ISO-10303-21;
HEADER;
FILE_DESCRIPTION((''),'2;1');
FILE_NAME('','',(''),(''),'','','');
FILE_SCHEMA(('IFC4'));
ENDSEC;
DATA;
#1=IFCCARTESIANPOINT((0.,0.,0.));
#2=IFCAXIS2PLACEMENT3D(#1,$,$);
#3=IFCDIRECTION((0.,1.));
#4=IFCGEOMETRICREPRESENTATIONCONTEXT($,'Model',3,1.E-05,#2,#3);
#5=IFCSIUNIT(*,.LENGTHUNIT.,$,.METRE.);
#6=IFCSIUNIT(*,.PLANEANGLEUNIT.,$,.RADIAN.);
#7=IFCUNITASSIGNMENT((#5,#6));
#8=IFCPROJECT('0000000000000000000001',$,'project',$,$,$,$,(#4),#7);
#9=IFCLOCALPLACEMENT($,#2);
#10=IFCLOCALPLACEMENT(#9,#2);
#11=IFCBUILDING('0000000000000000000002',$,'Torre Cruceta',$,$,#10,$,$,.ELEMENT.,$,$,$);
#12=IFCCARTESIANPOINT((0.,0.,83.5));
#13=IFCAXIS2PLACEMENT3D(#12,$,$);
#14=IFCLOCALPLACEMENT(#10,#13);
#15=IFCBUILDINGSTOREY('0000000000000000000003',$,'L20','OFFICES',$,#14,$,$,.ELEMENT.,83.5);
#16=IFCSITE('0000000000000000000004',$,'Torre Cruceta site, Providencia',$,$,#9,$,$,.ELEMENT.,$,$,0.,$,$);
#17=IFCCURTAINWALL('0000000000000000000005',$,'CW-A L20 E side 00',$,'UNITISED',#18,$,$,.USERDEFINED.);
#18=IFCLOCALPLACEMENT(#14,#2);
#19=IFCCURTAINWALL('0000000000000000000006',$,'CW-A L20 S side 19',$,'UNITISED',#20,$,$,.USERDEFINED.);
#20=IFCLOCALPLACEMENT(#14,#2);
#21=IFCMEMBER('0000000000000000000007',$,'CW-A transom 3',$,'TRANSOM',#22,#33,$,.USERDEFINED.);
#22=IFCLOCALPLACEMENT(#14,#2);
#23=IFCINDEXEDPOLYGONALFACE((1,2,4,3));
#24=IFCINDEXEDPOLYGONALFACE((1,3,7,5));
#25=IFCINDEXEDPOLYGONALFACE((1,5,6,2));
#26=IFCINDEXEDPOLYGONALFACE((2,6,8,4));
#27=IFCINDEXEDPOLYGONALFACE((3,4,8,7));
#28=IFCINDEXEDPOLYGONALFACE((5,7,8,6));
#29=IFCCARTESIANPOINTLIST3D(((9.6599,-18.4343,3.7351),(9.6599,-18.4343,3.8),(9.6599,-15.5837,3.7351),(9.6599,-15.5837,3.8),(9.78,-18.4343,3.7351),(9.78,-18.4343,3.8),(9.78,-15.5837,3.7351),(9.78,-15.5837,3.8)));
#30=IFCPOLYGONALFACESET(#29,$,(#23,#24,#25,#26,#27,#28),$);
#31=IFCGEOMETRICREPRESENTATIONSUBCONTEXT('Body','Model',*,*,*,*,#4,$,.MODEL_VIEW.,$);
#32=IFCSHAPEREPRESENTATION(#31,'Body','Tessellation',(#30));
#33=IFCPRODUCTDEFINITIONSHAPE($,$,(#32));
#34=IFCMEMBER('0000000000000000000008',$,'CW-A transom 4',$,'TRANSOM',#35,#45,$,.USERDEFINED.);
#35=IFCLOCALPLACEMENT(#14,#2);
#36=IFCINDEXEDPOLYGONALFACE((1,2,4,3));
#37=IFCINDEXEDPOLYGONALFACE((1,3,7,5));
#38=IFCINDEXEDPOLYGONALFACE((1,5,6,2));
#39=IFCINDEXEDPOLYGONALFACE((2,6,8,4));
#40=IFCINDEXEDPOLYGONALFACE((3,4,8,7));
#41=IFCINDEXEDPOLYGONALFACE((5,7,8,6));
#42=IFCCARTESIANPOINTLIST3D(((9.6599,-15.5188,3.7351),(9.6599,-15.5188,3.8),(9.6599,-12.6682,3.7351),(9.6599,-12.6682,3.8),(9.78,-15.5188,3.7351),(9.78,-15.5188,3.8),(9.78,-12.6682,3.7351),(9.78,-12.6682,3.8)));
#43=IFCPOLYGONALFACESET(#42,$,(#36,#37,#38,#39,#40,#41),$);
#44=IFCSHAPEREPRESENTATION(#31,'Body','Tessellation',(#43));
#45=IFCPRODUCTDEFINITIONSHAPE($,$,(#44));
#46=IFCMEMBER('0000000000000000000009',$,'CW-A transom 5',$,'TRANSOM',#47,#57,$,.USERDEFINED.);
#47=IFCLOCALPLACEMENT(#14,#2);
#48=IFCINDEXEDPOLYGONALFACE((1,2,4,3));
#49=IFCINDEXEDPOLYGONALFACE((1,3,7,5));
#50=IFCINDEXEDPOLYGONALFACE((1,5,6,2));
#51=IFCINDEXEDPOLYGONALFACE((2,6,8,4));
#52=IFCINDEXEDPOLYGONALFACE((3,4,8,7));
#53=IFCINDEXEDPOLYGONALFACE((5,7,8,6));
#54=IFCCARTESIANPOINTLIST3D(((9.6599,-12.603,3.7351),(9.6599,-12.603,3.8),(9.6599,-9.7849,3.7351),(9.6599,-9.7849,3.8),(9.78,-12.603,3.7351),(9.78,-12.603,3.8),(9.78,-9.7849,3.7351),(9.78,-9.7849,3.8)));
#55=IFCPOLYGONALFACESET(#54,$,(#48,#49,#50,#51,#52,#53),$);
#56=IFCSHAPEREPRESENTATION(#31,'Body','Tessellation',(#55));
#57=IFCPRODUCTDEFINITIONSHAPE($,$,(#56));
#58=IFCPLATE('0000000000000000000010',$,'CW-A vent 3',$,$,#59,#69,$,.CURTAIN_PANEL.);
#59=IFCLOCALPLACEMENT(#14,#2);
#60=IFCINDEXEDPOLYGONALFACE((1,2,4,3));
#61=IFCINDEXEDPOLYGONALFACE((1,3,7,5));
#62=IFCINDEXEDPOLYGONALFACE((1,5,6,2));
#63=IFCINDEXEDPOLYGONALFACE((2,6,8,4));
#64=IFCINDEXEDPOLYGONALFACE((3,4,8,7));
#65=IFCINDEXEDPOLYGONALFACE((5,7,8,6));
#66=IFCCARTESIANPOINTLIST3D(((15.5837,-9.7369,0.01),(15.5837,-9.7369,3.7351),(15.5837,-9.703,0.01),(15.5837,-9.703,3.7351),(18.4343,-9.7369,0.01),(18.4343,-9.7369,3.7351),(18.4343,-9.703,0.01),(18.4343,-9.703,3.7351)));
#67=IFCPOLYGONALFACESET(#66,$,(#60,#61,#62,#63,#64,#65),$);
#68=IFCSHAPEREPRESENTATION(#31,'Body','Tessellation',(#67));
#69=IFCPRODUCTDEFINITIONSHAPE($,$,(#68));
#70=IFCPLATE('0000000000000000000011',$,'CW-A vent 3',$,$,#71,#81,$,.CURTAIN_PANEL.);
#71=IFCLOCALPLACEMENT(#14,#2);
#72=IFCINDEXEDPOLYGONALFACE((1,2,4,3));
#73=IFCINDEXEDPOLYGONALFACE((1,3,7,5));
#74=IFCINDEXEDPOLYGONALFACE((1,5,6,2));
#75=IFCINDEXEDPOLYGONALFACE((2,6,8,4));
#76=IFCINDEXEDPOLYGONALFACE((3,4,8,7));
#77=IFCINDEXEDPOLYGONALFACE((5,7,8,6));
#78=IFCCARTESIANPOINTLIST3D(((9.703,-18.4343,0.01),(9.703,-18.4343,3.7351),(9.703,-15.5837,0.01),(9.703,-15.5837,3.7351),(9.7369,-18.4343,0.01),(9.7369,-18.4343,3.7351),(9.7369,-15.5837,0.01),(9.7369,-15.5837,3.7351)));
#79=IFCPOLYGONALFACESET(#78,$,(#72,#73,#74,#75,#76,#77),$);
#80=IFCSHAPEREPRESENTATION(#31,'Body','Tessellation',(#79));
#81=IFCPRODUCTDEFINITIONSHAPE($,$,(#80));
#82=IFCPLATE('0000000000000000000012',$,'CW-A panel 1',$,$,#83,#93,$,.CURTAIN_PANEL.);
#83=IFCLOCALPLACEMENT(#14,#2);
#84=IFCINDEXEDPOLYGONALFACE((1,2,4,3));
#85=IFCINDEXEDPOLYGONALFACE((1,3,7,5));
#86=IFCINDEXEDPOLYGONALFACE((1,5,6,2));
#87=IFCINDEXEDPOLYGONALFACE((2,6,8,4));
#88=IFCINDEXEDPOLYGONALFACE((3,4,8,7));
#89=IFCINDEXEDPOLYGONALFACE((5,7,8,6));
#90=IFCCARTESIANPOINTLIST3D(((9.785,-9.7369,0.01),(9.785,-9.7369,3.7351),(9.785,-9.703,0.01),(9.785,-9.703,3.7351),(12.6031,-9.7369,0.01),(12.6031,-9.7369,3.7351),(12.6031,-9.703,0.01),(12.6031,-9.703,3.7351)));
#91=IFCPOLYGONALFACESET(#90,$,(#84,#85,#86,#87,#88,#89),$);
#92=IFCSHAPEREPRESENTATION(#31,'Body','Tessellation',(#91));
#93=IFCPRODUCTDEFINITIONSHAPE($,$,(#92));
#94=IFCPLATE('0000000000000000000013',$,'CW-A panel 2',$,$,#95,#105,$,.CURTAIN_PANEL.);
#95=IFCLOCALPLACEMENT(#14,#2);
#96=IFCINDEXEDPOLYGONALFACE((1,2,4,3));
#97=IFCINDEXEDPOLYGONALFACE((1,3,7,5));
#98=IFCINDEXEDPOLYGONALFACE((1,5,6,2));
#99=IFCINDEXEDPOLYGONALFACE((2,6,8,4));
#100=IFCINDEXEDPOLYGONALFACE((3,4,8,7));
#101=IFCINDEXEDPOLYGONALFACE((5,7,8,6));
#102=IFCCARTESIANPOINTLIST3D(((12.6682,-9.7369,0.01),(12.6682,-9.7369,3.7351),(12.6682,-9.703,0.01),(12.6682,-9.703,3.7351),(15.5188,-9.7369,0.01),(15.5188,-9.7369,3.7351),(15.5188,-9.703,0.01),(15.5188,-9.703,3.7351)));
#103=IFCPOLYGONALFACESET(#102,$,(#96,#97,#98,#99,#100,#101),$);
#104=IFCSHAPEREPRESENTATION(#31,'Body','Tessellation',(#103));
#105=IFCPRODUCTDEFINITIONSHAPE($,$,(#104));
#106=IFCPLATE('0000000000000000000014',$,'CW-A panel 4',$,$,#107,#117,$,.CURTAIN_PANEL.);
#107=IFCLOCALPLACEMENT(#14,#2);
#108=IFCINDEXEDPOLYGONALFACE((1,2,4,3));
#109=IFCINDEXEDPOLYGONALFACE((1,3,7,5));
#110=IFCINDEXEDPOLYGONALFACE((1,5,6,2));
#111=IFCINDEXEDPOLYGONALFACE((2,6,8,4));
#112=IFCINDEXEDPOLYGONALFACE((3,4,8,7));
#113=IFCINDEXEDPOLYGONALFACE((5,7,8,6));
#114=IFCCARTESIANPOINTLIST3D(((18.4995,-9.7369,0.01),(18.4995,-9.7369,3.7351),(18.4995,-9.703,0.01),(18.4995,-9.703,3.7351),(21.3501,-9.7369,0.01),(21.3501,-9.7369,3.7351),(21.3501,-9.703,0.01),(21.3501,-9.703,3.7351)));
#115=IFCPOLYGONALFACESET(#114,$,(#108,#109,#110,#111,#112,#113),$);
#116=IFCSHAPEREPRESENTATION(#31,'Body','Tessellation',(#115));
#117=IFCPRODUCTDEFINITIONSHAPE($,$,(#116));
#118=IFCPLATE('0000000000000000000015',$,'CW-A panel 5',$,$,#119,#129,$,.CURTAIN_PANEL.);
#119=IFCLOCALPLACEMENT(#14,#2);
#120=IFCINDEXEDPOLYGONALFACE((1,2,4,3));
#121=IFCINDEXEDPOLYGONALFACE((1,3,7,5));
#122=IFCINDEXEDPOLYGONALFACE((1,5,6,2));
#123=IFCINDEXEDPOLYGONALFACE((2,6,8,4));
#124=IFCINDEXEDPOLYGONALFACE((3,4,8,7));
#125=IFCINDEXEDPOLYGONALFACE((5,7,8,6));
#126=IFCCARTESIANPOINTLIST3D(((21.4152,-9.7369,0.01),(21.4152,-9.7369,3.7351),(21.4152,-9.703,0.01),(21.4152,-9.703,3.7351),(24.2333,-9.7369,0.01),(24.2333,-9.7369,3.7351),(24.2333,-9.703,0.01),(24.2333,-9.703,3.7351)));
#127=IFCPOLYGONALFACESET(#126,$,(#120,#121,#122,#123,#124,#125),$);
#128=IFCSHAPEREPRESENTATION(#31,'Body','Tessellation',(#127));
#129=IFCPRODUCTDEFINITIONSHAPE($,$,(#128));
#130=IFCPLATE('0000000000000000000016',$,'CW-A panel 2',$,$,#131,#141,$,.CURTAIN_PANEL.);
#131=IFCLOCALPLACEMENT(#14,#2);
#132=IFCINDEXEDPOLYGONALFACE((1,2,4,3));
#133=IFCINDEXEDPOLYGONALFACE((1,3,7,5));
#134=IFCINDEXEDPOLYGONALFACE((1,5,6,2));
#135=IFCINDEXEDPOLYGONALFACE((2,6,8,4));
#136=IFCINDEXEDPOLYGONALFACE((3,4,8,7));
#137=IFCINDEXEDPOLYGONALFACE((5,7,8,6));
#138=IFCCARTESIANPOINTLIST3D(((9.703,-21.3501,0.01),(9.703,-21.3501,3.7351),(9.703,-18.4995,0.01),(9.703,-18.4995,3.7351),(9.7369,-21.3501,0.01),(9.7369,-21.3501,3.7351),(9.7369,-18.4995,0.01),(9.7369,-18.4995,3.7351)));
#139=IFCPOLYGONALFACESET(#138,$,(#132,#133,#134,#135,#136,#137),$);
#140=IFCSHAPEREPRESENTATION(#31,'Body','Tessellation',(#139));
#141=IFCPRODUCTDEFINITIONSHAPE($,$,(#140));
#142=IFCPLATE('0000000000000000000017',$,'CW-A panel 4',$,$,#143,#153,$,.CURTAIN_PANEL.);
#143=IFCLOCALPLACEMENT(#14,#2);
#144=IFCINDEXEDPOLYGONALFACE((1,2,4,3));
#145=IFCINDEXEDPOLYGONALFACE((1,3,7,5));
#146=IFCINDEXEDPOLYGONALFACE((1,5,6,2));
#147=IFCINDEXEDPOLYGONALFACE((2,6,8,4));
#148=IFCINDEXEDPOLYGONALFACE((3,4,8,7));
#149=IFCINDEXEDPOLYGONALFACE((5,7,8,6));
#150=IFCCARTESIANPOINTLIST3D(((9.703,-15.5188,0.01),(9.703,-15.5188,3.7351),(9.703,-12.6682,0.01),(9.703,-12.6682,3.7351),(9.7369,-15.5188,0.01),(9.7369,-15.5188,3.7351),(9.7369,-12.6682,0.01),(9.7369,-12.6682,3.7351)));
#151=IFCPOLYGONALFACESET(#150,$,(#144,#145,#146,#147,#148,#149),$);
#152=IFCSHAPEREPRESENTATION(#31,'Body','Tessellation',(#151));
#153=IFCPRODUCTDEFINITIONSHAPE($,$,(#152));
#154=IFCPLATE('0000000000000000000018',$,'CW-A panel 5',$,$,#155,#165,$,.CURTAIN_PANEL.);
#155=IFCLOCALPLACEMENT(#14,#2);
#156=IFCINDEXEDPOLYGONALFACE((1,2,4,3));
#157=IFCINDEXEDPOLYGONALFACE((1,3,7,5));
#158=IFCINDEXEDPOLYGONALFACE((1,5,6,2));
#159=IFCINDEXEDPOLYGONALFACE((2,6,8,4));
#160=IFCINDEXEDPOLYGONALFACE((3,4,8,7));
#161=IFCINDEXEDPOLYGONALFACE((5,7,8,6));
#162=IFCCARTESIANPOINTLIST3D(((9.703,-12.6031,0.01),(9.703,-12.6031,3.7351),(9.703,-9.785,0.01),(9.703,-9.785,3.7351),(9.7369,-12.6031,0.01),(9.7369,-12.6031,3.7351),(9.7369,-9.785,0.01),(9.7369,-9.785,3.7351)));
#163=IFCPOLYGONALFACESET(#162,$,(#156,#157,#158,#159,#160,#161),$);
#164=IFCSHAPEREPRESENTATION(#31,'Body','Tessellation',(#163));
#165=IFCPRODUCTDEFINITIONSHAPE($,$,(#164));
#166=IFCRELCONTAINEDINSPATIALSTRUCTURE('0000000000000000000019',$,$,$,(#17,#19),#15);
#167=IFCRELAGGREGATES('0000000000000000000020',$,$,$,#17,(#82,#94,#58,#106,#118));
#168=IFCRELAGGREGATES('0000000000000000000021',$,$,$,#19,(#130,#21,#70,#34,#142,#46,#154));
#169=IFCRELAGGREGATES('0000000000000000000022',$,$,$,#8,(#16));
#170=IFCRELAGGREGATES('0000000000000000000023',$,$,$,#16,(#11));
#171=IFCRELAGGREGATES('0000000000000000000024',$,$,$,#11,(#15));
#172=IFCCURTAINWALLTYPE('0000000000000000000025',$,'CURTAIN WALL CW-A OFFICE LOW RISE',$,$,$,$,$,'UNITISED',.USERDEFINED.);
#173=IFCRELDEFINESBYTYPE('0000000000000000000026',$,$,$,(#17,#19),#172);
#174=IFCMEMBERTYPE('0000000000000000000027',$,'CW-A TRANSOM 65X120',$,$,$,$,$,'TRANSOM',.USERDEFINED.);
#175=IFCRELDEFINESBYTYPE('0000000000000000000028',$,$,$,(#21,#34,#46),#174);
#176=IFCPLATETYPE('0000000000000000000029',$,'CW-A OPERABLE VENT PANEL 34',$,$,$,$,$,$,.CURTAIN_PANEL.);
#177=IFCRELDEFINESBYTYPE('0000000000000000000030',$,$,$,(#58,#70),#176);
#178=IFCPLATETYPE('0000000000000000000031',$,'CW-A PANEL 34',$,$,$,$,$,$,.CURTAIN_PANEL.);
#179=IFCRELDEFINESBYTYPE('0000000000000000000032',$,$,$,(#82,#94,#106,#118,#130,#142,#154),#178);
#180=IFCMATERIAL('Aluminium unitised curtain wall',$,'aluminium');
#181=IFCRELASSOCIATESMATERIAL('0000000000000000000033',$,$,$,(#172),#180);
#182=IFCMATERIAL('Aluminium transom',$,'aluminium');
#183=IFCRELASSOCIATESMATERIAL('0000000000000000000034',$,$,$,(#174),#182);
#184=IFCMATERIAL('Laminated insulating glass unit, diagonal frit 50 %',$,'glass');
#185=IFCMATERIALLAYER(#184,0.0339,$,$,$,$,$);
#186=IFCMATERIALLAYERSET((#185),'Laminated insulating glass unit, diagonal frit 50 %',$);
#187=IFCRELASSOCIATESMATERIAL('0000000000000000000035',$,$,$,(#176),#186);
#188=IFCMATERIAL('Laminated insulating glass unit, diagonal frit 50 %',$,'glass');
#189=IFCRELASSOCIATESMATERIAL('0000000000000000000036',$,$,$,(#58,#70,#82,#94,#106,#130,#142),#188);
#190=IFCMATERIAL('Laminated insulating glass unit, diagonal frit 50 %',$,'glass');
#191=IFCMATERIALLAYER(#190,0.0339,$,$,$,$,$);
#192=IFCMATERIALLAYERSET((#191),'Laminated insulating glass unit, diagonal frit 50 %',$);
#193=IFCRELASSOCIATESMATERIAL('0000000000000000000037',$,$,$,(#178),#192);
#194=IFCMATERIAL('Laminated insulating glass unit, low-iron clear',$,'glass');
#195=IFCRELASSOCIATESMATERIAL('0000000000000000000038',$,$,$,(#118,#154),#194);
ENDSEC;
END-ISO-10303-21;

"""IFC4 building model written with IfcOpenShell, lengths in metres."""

from ifc_helpers import new_model, si_unit, direction, frame, origin, origin_2d, place, context, subcontext, project, spatial, rectangle, extrude, material, layer, layer_set, material_profile, profile_set, type_object, element, aggregate, save


model = new_model("IFC4")

# Units and contexts
model_context = context("Model", 3, precision=1e-05, world=origin(), true_north=direction((0.0, 1.0)))
body_context = subcontext(model_context, "Body", "Model", "MODEL_VIEW")
ifc_project = project(units=[si_unit("LENGTHUNIT", "METRE"), si_unit("PLANEANGLEUNIT", "RADIAN")], contexts=[model_context])

# Site, building, storey
site_placement = place(None, origin())
site = spatial("IfcSite", under=ifc_project, at=site_placement, Name="Torre Cruceta site, Providencia", CompositionType="ELEMENT", RefElevation=0.0)
building_placement = place(site_placement, origin())
building = spatial("IfcBuilding", under=site, at=building_placement, Name="Torre Cruceta", CompositionType="ELEMENT")
storey_placement = place(building_placement, frame((0.0, 0.0, 83.5)))
storey = spatial("IfcBuildingStorey", under=building, at=storey_placement, Name="L20", Description="OFFICES", CompositionType="ELEMENT", Elevation=83.5)

# Curtain walls
ifc_material_1 = material(Name="Aluminium unitised curtain wall", Category="aluminium")
curtain_wall_type = type_object("IfcCurtainWallType", Name="CURTAIN WALL CW-A OFFICE LOW RISE", ElementType="UNITISED", PredefinedType="USERDEFINED", material=ifc_material_1)
curtain_wall_1_placement = place(storey_placement, origin())
curtain_wall_1 = element("IfcCurtainWall", 1, at=curtain_wall_1_placement, inside=storey, type_object=curtain_wall_type, Name="CW-A L20 E side 00", ObjectType="UNITISED", PredefinedType="USERDEFINED")
curtain_wall_2_placement = place(storey_placement, origin())
curtain_wall_2 = element("IfcCurtainWall", 2, at=curtain_wall_2_placement, inside=storey, type_object=curtain_wall_type, Name="CW-A L20 S side 19", ObjectType="UNITISED", PredefinedType="USERDEFINED")

# Members
ifc_material_2 = material(Name="Aluminium transom", Category="aluminium")
ifc_material_profile_1 = material_profile(ifc_material_2, rectangle(XDim=0.1201, YDim=0.0649, at=origin_2d()), Name="AL 120X65")
ifc_profile_set_1 = profile_set([ifc_material_profile_1], Name="Aluminium transom")
member_type_1 = type_object("IfcMemberType", Name="CW-A TRANSOM 65X120", ElementType="TRANSOM", PredefinedType="USERDEFINED", material=ifc_profile_set_1)
member_1_placement = place(storey_placement, frame((9.72, -18.4343, 3.7676), z_axis=(0.0, 1.0, 0.0), x_axis=(-1.0, 0.0, 0.0)))
member_1 = element("IfcMember", 3, at=member_1_placement, type_object=member_type_1, Name="CW-A transom 3", ObjectType="TRANSOM", PredefinedType="USERDEFINED", context=body_context, shape_type="SweptSolid", body=[
    extrude(rectangle(XDim=0.1201, YDim=0.0649, at=origin_2d()), origin(), (0.0, 0.0, 1.0), 2.8506),
])
member_2_placement = place(storey_placement, frame((9.72, -15.5188, 3.7676), z_axis=(0.0, 1.0, 0.0), x_axis=(-1.0, 0.0, 0.0)))
member_2 = element("IfcMember", 4, at=member_2_placement, type_object=member_type_1, Name="CW-A transom 4", ObjectType="TRANSOM", PredefinedType="USERDEFINED", context=body_context, shape_type="SweptSolid", body=[
    extrude(rectangle(XDim=0.1201, YDim=0.0649, at=origin_2d()), origin(), (0.0, 0.0, 1.0), 2.8506),
])
member_3_placement = place(storey_placement, frame((9.72, -12.603, 3.7676), z_axis=(0.0, 1.0, 0.0), x_axis=(-1.0, 0.0, 0.0)))
member_3 = element("IfcMember", 5, at=member_3_placement, type_object=member_type_1, Name="CW-A transom 5", ObjectType="TRANSOM", PredefinedType="USERDEFINED", context=body_context, shape_type="SweptSolid", body=[
    extrude(rectangle(XDim=0.1201, YDim=0.0649, at=origin_2d()), origin(), (0.0, 0.0, 1.0), 2.8181),
])

# Plates
ifc_material_3 = material(Name="Laminated insulating glass unit, diagonal frit 50 %", Category="glass")
ifc_material_4 = material(Name="Laminated insulating glass unit, diagonal frit 50 %", Category="glass")
ifc_layer_1 = layer(ifc_material_4, 0.0339)
ifc_layer_set_1 = layer_set([ifc_layer_1], Name="Laminated insulating glass unit, diagonal frit 50 %")
plate_type_1 = type_object("IfcPlateType", Name="CW-A OPERABLE VENT PANEL 34", PredefinedType="CURTAIN_PANEL", material=ifc_layer_set_1)
plate_1_placement = place(storey_placement, frame((17.009, -9.72, 0.01), z_axis=(0.0, 0.0, 1.0), x_axis=(1.0, 0.0, 0.0)))
plate_1 = element("IfcPlate", 6, at=plate_1_placement, type_object=plate_type_1, material=ifc_material_3, Name="CW-A vent 3", PredefinedType="CURTAIN_PANEL", context=body_context, shape_type="SweptSolid", body=[
    extrude(rectangle(XDim=2.8506, YDim=0.0339, at=origin_2d()), origin(), (0.0, 0.0, 1.0), 3.7251),
])
plate_2_placement = place(storey_placement, frame((9.72, -17.009, 0.01), z_axis=(0.0, 0.0, 1.0), x_axis=(0.0, 1.0, 0.0)))
plate_2 = element("IfcPlate", 7, at=plate_2_placement, type_object=plate_type_1, material=ifc_material_3, Name="CW-A vent 3", PredefinedType="CURTAIN_PANEL", context=body_context, shape_type="SweptSolid", body=[
    extrude(rectangle(XDim=2.8506, YDim=0.0339, at=origin_2d()), origin(), (0.0, 0.0, 1.0), 3.7251),
])
ifc_material_5 = material(Name="Laminated insulating glass unit, diagonal frit 50 %", Category="glass")
ifc_layer_2 = layer(ifc_material_5, 0.0339)
ifc_layer_set_2 = layer_set([ifc_layer_2], Name="Laminated insulating glass unit, diagonal frit 50 %")
plate_type_2 = type_object("IfcPlateType", Name="CW-A PANEL 34", PredefinedType="CURTAIN_PANEL", material=ifc_layer_set_2)
plate_3_placement = place(storey_placement, frame((11.1941, -9.72, 0.01), z_axis=(0.0, 0.0, 1.0), x_axis=(1.0, 0.0, 0.0)))
plate_3 = element("IfcPlate", 8, at=plate_3_placement, type_object=plate_type_2, material=ifc_material_3, Name="CW-A panel 1", PredefinedType="CURTAIN_PANEL", context=body_context, shape_type="SweptSolid", body=[
    extrude(rectangle(XDim=2.8181, YDim=0.0339, at=origin_2d()), origin(), (0.0, 0.0, 1.0), 3.7251),
])
plate_4_placement = place(storey_placement, frame((14.0935, -9.72, 0.01), z_axis=(0.0, 0.0, 1.0), x_axis=(1.0, 0.0, 0.0)))
plate_4 = element("IfcPlate", 9, at=plate_4_placement, type_object=plate_type_2, material=ifc_material_3, Name="CW-A panel 2", PredefinedType="CURTAIN_PANEL", context=body_context, shape_type="SweptSolid", body=[
    extrude(rectangle(XDim=2.8506, YDim=0.0339, at=origin_2d()), origin(), (0.0, 0.0, 1.0), 3.7251),
])
plate_5_placement = place(storey_placement, frame((19.9248, -9.72, 0.01), z_axis=(0.0, 0.0, 1.0), x_axis=(1.0, 0.0, 0.0)))
plate_5 = element("IfcPlate", 10, at=plate_5_placement, type_object=plate_type_2, material=ifc_material_3, Name="CW-A panel 4", PredefinedType="CURTAIN_PANEL", context=body_context, shape_type="SweptSolid", body=[
    extrude(rectangle(XDim=2.8506, YDim=0.0339, at=origin_2d()), origin(), (0.0, 0.0, 1.0), 3.7251),
])
ifc_material_6 = material(Name="Laminated insulating glass unit, low-iron clear", Category="glass")
plate_6_placement = place(storey_placement, frame((22.8242, -9.72, 0.01), z_axis=(0.0, 0.0, 1.0), x_axis=(1.0, 0.0, 0.0)))
plate_6 = element("IfcPlate", 11, at=plate_6_placement, type_object=plate_type_2, material=ifc_material_6, Name="CW-A panel 5", PredefinedType="CURTAIN_PANEL", context=body_context, shape_type="SweptSolid", body=[
    extrude(rectangle(XDim=2.8181, YDim=0.0339, at=origin_2d()), origin(), (0.0, 0.0, 1.0), 3.7251),
])
aggregate(curtain_wall_1, [plate_3, plate_4, plate_1, plate_5, plate_6])
plate_7_placement = place(storey_placement, frame((9.72, -19.9248, 0.01), z_axis=(0.0, 0.0, 1.0), x_axis=(0.0, 1.0, 0.0)))
plate_7 = element("IfcPlate", 12, at=plate_7_placement, type_object=plate_type_2, material=ifc_material_3, Name="CW-A panel 2", PredefinedType="CURTAIN_PANEL", context=body_context, shape_type="SweptSolid", body=[
    extrude(rectangle(XDim=2.8506, YDim=0.0339, at=origin_2d()), origin(), (0.0, 0.0, 1.0), 3.7251),
])
plate_8_placement = place(storey_placement, frame((9.72, -14.0935, 0.01), z_axis=(0.0, 0.0, 1.0), x_axis=(0.0, 1.0, 0.0)))
plate_8 = element("IfcPlate", 13, at=plate_8_placement, type_object=plate_type_2, material=ifc_material_3, Name="CW-A panel 4", PredefinedType="CURTAIN_PANEL", context=body_context, shape_type="SweptSolid", body=[
    extrude(rectangle(XDim=2.8506, YDim=0.0339, at=origin_2d()), origin(), (0.0, 0.0, 1.0), 3.7251),
])
plate_9_placement = place(storey_placement, frame((9.72, -11.1941, 0.01), z_axis=(0.0, 0.0, 1.0), x_axis=(0.0, 1.0, 0.0)))
plate_9 = element("IfcPlate", 14, at=plate_9_placement, type_object=plate_type_2, material=ifc_material_6, Name="CW-A panel 5", PredefinedType="CURTAIN_PANEL", context=body_context, shape_type="SweptSolid", body=[
    extrude(rectangle(XDim=2.8181, YDim=0.0339, at=origin_2d()), origin(), (0.0, 0.0, 1.0), 3.7251),
])
aggregate(curtain_wall_2, [plate_7, member_1, plate_2, member_2, plate_8, member_3, plate_9])

save(model, "model.ifc")
